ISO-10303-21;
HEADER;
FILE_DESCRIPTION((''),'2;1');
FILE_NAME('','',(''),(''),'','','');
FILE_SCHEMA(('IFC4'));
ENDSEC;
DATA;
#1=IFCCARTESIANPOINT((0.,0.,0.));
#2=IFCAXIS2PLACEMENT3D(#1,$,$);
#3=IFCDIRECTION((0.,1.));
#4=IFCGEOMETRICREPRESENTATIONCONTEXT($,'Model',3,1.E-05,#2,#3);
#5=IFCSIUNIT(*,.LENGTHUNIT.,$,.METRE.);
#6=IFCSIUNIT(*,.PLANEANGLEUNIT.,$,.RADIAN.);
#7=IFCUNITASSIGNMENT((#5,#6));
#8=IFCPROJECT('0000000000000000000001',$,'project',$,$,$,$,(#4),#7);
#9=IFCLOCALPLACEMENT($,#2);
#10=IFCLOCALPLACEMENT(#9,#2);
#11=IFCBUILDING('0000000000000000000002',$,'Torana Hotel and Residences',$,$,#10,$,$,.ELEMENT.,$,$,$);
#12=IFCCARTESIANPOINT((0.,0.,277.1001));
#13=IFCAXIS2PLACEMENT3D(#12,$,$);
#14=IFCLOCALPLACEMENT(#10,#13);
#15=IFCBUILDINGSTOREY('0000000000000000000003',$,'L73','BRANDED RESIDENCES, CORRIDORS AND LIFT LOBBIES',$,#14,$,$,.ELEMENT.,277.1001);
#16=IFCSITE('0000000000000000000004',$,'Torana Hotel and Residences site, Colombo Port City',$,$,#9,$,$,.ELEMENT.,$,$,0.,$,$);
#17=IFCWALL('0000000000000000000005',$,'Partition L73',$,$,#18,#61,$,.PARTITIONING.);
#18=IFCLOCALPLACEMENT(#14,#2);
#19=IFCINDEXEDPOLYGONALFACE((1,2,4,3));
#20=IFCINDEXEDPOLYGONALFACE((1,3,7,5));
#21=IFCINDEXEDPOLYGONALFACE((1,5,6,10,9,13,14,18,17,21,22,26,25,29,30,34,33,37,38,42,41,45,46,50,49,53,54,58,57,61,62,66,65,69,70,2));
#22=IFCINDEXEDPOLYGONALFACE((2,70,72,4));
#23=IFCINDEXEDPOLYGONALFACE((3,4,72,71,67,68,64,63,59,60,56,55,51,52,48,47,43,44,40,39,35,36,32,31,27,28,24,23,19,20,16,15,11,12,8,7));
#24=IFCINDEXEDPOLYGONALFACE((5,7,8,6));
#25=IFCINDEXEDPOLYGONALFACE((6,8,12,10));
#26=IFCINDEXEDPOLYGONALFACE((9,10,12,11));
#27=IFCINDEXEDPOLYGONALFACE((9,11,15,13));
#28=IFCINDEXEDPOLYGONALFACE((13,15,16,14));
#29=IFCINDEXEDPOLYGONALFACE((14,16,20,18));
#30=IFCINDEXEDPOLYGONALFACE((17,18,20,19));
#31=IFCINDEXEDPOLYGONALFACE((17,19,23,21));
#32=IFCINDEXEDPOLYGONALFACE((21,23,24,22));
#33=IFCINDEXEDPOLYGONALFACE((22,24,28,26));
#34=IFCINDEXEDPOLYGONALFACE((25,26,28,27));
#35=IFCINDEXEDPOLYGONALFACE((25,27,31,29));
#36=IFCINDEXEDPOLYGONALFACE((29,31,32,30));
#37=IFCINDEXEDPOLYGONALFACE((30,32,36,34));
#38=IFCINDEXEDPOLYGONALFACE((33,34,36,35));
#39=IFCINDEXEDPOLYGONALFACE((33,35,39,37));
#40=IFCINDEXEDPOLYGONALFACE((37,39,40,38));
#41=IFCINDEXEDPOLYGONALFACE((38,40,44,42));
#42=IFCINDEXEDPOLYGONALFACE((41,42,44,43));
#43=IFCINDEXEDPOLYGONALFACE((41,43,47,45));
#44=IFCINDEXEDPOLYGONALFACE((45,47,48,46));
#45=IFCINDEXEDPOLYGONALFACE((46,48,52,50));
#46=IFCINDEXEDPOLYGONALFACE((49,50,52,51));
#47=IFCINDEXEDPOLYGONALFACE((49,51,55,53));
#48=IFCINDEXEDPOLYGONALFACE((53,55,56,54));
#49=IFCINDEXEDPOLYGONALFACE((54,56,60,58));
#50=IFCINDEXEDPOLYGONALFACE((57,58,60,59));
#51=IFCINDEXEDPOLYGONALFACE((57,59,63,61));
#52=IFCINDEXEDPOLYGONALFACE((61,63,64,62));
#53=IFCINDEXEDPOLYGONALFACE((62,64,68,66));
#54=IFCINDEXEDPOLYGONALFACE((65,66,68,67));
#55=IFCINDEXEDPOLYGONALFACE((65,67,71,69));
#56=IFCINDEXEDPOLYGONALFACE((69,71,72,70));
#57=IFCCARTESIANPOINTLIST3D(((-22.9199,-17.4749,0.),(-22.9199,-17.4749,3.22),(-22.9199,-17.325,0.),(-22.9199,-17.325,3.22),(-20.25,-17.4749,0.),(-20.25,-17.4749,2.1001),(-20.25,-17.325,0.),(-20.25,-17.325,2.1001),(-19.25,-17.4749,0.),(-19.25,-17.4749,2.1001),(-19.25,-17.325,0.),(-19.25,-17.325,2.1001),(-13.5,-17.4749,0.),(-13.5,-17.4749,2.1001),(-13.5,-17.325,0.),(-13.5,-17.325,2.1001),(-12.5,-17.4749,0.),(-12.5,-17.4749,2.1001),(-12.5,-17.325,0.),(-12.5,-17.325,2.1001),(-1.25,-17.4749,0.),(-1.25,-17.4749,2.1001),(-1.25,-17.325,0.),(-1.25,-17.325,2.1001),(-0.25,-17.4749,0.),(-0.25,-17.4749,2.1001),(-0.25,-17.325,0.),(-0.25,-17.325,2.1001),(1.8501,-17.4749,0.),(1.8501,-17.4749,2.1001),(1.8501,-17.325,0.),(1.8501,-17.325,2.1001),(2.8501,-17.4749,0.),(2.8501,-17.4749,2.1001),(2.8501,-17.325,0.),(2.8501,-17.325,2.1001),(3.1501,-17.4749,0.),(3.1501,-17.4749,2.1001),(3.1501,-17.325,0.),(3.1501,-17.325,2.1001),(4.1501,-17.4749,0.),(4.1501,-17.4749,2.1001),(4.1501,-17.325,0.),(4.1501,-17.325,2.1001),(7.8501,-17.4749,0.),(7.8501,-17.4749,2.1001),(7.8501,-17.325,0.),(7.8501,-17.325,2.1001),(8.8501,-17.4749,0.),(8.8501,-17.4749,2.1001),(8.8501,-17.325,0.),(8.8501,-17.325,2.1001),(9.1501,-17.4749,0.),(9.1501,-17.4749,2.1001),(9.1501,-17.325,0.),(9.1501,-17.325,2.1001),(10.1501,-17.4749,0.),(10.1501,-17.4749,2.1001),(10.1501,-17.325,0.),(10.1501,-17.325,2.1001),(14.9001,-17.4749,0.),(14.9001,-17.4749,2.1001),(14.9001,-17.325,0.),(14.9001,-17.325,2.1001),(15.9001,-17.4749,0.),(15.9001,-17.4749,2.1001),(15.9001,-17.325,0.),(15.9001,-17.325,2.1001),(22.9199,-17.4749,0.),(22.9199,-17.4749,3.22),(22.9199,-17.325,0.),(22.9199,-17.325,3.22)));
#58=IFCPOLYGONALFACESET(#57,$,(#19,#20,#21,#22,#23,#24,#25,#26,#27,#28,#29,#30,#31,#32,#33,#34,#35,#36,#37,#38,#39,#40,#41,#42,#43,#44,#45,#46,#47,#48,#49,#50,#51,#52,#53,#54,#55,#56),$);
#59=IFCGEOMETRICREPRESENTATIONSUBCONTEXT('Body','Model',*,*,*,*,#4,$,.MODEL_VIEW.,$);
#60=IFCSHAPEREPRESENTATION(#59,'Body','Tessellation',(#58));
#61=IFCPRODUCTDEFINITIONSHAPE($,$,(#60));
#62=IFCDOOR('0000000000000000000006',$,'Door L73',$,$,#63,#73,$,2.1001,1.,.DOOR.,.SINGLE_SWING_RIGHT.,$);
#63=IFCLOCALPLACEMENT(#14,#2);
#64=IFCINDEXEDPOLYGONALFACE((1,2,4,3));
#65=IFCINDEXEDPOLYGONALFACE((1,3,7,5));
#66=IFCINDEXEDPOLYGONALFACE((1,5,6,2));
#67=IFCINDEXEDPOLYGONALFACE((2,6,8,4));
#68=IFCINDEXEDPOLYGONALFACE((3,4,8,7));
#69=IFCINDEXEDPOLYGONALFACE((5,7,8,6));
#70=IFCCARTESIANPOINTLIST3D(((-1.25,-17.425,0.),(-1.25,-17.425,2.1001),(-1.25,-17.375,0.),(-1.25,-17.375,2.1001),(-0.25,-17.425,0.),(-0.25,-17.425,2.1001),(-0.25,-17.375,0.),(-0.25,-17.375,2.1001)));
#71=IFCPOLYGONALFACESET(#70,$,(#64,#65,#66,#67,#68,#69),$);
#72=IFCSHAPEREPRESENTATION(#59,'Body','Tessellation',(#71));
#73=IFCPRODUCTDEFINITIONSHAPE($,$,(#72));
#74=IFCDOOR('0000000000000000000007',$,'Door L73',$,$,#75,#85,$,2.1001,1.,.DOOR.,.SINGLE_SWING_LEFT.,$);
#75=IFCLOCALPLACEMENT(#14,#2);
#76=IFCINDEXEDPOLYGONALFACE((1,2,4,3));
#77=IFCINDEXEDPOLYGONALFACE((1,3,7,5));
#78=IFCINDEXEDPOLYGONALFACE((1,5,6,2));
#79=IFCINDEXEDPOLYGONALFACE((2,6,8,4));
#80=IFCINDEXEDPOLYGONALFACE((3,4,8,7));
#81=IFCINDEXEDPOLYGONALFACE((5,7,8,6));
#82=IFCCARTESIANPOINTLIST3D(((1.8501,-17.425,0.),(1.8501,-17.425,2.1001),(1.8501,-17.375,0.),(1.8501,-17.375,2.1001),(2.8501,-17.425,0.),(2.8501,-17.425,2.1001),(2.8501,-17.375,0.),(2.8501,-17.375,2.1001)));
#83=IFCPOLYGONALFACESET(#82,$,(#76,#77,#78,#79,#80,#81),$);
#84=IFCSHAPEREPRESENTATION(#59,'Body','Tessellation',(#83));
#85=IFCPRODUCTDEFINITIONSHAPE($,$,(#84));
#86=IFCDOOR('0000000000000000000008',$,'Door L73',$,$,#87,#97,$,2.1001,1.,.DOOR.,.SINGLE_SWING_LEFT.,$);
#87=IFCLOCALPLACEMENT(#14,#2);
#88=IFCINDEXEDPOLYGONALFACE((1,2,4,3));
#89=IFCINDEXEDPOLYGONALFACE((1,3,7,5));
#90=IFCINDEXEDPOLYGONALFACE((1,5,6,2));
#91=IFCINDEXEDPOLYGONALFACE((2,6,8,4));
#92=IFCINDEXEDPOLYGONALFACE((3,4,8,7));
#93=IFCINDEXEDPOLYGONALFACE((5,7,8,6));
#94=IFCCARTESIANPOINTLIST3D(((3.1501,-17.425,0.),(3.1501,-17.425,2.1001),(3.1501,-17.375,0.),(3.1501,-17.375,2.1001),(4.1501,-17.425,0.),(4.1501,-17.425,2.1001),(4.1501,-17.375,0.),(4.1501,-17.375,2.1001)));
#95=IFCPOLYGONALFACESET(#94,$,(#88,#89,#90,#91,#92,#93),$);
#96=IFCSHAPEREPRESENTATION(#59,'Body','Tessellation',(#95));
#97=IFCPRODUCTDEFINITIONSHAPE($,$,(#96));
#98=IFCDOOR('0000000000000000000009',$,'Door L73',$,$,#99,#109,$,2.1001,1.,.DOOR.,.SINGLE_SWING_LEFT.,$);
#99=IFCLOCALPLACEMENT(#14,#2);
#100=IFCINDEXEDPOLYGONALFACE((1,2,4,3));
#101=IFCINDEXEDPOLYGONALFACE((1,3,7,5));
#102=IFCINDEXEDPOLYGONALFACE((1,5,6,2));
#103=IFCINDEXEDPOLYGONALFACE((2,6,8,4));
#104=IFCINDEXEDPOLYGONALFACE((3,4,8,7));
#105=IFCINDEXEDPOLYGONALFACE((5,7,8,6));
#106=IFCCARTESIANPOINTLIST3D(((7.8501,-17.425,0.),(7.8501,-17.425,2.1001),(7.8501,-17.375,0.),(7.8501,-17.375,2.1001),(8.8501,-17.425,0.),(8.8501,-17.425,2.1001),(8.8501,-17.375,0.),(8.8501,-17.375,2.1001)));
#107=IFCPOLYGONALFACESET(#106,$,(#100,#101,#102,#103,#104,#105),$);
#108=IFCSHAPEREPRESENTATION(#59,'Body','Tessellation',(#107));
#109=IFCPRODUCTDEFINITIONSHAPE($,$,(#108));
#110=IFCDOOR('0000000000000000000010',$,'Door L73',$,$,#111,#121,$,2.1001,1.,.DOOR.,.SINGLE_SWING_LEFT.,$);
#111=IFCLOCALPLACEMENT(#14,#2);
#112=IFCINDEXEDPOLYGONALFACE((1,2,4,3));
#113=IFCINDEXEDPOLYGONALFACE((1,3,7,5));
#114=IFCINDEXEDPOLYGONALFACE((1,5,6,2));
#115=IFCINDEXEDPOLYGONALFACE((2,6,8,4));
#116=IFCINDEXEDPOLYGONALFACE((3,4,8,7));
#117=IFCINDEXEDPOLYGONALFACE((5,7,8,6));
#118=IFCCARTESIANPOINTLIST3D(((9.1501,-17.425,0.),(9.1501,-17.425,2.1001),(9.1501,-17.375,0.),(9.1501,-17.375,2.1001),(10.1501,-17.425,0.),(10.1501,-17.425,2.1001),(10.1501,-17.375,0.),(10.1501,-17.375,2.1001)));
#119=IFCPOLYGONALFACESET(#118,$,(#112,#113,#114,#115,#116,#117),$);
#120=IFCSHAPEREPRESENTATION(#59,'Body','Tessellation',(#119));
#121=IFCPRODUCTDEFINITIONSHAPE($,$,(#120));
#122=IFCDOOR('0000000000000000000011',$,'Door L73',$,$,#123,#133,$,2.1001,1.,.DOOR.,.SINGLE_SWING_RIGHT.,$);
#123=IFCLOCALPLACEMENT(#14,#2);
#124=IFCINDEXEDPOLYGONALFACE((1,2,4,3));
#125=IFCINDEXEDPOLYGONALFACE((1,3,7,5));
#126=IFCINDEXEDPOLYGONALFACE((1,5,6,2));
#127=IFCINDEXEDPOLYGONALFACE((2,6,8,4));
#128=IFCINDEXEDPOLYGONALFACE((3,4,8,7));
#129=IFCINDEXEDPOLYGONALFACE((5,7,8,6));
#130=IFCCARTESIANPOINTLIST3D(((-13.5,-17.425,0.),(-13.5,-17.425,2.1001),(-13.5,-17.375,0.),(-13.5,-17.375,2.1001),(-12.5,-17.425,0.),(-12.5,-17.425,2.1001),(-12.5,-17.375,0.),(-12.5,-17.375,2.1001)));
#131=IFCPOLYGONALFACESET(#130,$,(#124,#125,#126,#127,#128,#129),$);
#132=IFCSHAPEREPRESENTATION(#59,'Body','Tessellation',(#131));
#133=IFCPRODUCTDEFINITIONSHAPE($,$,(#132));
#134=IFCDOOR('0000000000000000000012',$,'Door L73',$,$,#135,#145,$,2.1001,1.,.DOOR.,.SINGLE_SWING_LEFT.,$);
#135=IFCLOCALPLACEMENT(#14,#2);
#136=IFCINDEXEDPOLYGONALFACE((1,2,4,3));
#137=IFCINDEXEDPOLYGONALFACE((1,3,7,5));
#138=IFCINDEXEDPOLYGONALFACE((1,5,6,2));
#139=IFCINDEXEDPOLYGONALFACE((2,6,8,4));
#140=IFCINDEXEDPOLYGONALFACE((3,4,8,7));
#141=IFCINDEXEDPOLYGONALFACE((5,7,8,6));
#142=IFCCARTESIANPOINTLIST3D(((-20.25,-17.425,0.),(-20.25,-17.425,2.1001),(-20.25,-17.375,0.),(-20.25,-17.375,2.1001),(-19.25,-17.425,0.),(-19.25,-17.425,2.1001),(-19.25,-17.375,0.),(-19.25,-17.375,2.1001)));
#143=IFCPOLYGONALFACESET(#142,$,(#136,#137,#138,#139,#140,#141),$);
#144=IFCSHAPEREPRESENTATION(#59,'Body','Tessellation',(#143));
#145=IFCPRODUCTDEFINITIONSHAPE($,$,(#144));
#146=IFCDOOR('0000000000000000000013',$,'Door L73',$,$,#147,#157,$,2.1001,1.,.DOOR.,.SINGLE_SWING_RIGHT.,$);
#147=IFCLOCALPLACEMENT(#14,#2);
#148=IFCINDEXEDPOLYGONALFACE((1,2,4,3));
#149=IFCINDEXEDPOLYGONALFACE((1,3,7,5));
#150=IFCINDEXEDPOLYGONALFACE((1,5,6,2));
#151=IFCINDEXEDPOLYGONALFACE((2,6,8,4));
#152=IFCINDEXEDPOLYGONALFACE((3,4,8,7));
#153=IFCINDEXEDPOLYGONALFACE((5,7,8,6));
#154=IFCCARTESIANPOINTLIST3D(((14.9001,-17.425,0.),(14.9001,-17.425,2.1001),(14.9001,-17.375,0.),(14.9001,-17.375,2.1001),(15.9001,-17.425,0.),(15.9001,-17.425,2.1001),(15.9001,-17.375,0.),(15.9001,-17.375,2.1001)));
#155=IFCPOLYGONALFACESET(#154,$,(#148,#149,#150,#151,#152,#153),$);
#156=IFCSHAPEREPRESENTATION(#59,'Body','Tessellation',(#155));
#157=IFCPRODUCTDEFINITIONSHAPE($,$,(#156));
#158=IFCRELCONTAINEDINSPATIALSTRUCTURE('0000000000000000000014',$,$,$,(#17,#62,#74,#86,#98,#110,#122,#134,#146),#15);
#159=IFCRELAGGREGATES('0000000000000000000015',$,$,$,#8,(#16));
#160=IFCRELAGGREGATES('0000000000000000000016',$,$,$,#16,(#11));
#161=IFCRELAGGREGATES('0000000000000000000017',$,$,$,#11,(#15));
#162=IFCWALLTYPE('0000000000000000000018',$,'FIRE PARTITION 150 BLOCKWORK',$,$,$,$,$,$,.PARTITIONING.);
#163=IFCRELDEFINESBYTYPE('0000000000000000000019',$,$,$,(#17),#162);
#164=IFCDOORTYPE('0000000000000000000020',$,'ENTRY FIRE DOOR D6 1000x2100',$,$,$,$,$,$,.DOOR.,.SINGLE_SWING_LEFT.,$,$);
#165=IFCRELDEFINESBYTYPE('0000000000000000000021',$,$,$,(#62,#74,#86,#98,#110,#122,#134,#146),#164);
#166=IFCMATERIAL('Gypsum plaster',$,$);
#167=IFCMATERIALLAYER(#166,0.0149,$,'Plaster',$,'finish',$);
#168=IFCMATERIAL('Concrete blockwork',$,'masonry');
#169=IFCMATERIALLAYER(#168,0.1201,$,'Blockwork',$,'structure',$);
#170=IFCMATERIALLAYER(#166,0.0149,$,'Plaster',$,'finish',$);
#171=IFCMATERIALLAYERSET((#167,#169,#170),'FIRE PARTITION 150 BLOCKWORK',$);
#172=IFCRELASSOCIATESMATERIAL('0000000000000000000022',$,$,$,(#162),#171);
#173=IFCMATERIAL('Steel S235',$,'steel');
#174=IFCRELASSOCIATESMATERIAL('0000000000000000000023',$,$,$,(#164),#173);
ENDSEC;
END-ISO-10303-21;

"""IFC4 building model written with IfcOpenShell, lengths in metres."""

from ifc_helpers import new_model, si_unit, direction, frame, frame_2d, origin, place, context, subcontext, project, spatial, rectangle, extrude, material, layer, layer_set, type_object, element, fill, save


model = new_model("IFC4")

# Units and contexts
model_context = context("Model", 3, precision=1e-05, world=origin(), true_north=direction((0.0, 1.0)))
body_context = subcontext(model_context, "Body", "Model", "MODEL_VIEW")
ifc_project = project(units=[si_unit("LENGTHUNIT", "METRE"), si_unit("PLANEANGLEUNIT", "RADIAN")], contexts=[model_context])

# Site, building, storey
site_placement = place(None, origin())
site = spatial("IfcSite", under=ifc_project, at=site_placement, Name="Torana Hotel and Residences site, Colombo Port City", CompositionType="ELEMENT", RefElevation=0.0)
building_placement = place(site_placement, origin())
building = spatial("IfcBuilding", under=site, at=building_placement, Name="Torana Hotel and Residences", CompositionType="ELEMENT")
storey_placement = place(building_placement, frame((0.0, 0.0, 277.1001)))
storey = spatial("IfcBuildingStorey", under=building, at=storey_placement, Name="L73", Description="BRANDED RESIDENCES, CORRIDORS AND LIFT LOBBIES", CompositionType="ELEMENT", Elevation=277.1001)

# Wall, openings, doors
ifc_material_1 = material(Name="Gypsum plaster")
ifc_layer_1 = layer(ifc_material_1, 0.0149, Name="Plaster", Category="finish")
ifc_material_2 = material(Name="Concrete blockwork", Category="masonry")
ifc_layer_2 = layer(ifc_material_2, 0.1201, Name="Blockwork", Category="structure")
ifc_layer_3 = layer(ifc_material_1, 0.0149, Name="Plaster", Category="finish")
ifc_layer_set_1 = layer_set([ifc_layer_1, ifc_layer_2, ifc_layer_3], Name="FIRE PARTITION 150 BLOCKWORK")
wall_type_1 = type_object("IfcWallType", Name="FIRE PARTITION 150 BLOCKWORK", PredefinedType="PARTITIONING", material=ifc_layer_set_1)
wall_1_placement = place(storey_placement, frame((-22.9199, -17.3999, 0.0), z_axis=(0.0, 0.0, 1.0), x_axis=(1.0, 0.0, 0.0)))
wall_1 = element("IfcWall", 1, at=wall_1_placement, inside=storey, type_object=wall_type_1, Name="Partition L73", PredefinedType="PARTITIONING", context=body_context, shape_type="SweptSolid", body=[
    extrude(rectangle(XDim=45.8398, YDim=0.1499, at=frame_2d((22.9199, 0.0))), origin(), (0.0, 0.0, 1.0), 3.22),
])
opening_1_placement = place(wall_1_placement, frame((21.6699, 0.0, 0.0)))
opening_1 = element("IfcOpeningElement", 2, at=opening_1_placement, cuts=wall_1, PredefinedType="OPENING", context=body_context, shape_type="SweptSolid", body=[
    extrude(rectangle(XDim=1.0, YDim=2.1001, at=frame_2d((0.5, 1.05))), frame((0.0, 0.085, 0.0), z_axis=(0.0, -1.0, 0.0), x_axis=(1.0, 0.0, 0.0)), (0.0, 0.0, 1.0), 0.1699),
])
opening_2_placement = place(wall_1_placement, frame((24.77, 0.0, 0.0)))
opening_2 = element("IfcOpeningElement", 3, at=opening_2_placement, cuts=wall_1, PredefinedType="OPENING", context=body_context, shape_type="SweptSolid", body=[
    extrude(rectangle(XDim=1.0, YDim=2.1001, at=frame_2d((0.5, 1.05))), frame((0.0, 0.085, 0.0), z_axis=(0.0, -1.0, 0.0), x_axis=(1.0, 0.0, 0.0)), (0.0, 0.0, 1.0), 0.1699),
])
opening_3_placement = place(wall_1_placement, frame((26.0701, 0.0, 0.0)))
opening_3 = element("IfcOpeningElement", 4, at=opening_3_placement, cuts=wall_1, PredefinedType="OPENING", context=body_context, shape_type="SweptSolid", body=[
    extrude(rectangle(XDim=1.0, YDim=2.1001, at=frame_2d((0.5, 1.05))), frame((0.0, 0.085, 0.0), z_axis=(0.0, -1.0, 0.0), x_axis=(1.0, 0.0, 0.0)), (0.0, 0.0, 1.0), 0.1699),
])
opening_4_placement = place(wall_1_placement, frame((30.77, 0.0, 0.0)))
opening_4 = element("IfcOpeningElement", 5, at=opening_4_placement, cuts=wall_1, PredefinedType="OPENING", context=body_context, shape_type="SweptSolid", body=[
    extrude(rectangle(XDim=1.0, YDim=2.1001, at=frame_2d((0.5, 1.05))), frame((0.0, 0.085, 0.0), z_axis=(0.0, -1.0, 0.0), x_axis=(1.0, 0.0, 0.0)), (0.0, 0.0, 1.0), 0.1699),
])
opening_5_placement = place(wall_1_placement, frame((32.0701, 0.0, 0.0)))
opening_5 = element("IfcOpeningElement", 6, at=opening_5_placement, cuts=wall_1, PredefinedType="OPENING", context=body_context, shape_type="SweptSolid", body=[
    extrude(rectangle(XDim=1.0, YDim=2.1001, at=frame_2d((0.5, 1.05))), frame((0.0, 0.085, 0.0), z_axis=(0.0, -1.0, 0.0), x_axis=(1.0, 0.0, 0.0)), (0.0, 0.0, 1.0), 0.1699),
])
opening_6_placement = place(wall_1_placement, frame((9.4199, 0.0, 0.0)))
opening_6 = element("IfcOpeningElement", 7, at=opening_6_placement, cuts=wall_1, PredefinedType="OPENING", context=body_context, shape_type="SweptSolid", body=[
    extrude(rectangle(XDim=1.0, YDim=2.1001, at=frame_2d((0.5, 1.05))), frame((0.0, 0.085, 0.0), z_axis=(0.0, -1.0, 0.0), x_axis=(1.0, 0.0, 0.0)), (0.0, 0.0, 1.0), 0.1699),
])
opening_7_placement = place(wall_1_placement, frame((2.6699, 0.0, 0.0)))
opening_7 = element("IfcOpeningElement", 8, at=opening_7_placement, cuts=wall_1, PredefinedType="OPENING", context=body_context, shape_type="SweptSolid", body=[
    extrude(rectangle(XDim=1.0, YDim=2.1001, at=frame_2d((0.5, 1.05))), frame((0.0, 0.085, 0.0), z_axis=(0.0, -1.0, 0.0), x_axis=(1.0, 0.0, 0.0)), (0.0, 0.0, 1.0), 0.1699),
])
opening_8_placement = place(wall_1_placement, frame((37.8201, 0.0, 0.0)))
opening_8 = element("IfcOpeningElement", 9, at=opening_8_placement, cuts=wall_1, PredefinedType="OPENING", context=body_context, shape_type="SweptSolid", body=[
    extrude(rectangle(XDim=1.0, YDim=2.1001, at=frame_2d((0.5, 1.05))), frame((0.0, 0.085, 0.0), z_axis=(0.0, -1.0, 0.0), x_axis=(1.0, 0.0, 0.0)), (0.0, 0.0, 1.0), 0.1699),
])
ifc_material_3 = material(Name="Steel S235", Category="steel")
door_type_1 = type_object("IfcDoorType", Name="ENTRY FIRE DOOR D6 1000x2100", OperationType="SINGLE_SWING_LEFT", PredefinedType="DOOR", material=ifc_material_3)
door_1_placement = place(opening_1_placement, origin())
door_1 = element("IfcDoor", 10, at=door_1_placement, inside=storey, type_object=door_type_1, Name="Door L73", OperationType="SINGLE_SWING_RIGHT", OverallHeight=2.1001, OverallWidth=1.0, PredefinedType="DOOR", context=body_context, shape_type="SweptSolid", body=[
    extrude(rectangle(XDim=1.0, YDim=2.1001, at=frame_2d((0.5, 1.05))), frame((0.0, 0.0249, 0.0), z_axis=(0.0, -1.0, 0.0), x_axis=(1.0, 0.0, 0.0)), (0.0, 0.0, 1.0), 0.05),
])
fill(opening_1, door_1)
door_2_placement = place(opening_2_placement, frame((0.5, 0.0, 0.0), z_axis=(0.0, 0.0, 1.0), x_axis=(-1.0, 0.0, 0.0)))
door_2 = element("IfcDoor", 11, at=door_2_placement, inside=storey, type_object=door_type_1, Name="Door L73", OperationType="SINGLE_SWING_LEFT", OverallHeight=2.1001, OverallWidth=1.0, PredefinedType="DOOR", context=body_context, shape_type="SweptSolid", body=[
    extrude(rectangle(XDim=1.0, YDim=2.1001, at=frame_2d((0.0, 1.05))), frame((0.0, -0.0249, 0.0), z_axis=(0.0, 1.0, 0.0), x_axis=(-1.0, 0.0, 0.0)), (0.0, 0.0, 1.0), 0.05),
])
fill(opening_2, door_2)
door_3_placement = place(opening_3_placement, frame((0.5, 0.0, 0.0), z_axis=(0.0, 0.0, 1.0), x_axis=(-1.0, 0.0, 0.0)))
door_3 = element("IfcDoor", 12, at=door_3_placement, inside=storey, type_object=door_type_1, Name="Door L73", OperationType="SINGLE_SWING_LEFT", OverallHeight=2.1001, OverallWidth=1.0, PredefinedType="DOOR", context=body_context, shape_type="SweptSolid", body=[
    extrude(rectangle(XDim=1.0, YDim=2.1001, at=frame_2d((0.0, 1.05))), frame((0.0, -0.0249, 0.0), z_axis=(0.0, 1.0, 0.0), x_axis=(-1.0, 0.0, 0.0)), (0.0, 0.0, 1.0), 0.05),
])
fill(opening_3, door_3)
door_4_placement = place(opening_4_placement, frame((0.5, 0.0, 0.0), z_axis=(0.0, 0.0, 1.0), x_axis=(-1.0, 0.0, 0.0)))
door_4 = element("IfcDoor", 13, at=door_4_placement, inside=storey, type_object=door_type_1, Name="Door L73", OperationType="SINGLE_SWING_LEFT", OverallHeight=2.1001, OverallWidth=1.0, PredefinedType="DOOR", context=body_context, shape_type="SweptSolid", body=[
    extrude(rectangle(XDim=1.0, YDim=2.1001, at=frame_2d((0.0, 1.05))), frame((0.0, -0.0249, 0.0), z_axis=(0.0, 1.0, 0.0), x_axis=(-1.0, 0.0, 0.0)), (0.0, 0.0, 1.0), 0.05),
])
fill(opening_4, door_4)
door_5_placement = place(opening_5_placement, frame((0.5, 0.0, 0.0), z_axis=(0.0, 0.0, 1.0), x_axis=(-1.0, 0.0, 0.0)))
door_5 = element("IfcDoor", 14, at=door_5_placement, inside=storey, type_object=door_type_1, Name="Door L73", OperationType="SINGLE_SWING_LEFT", OverallHeight=2.1001, OverallWidth=1.0, PredefinedType="DOOR", context=body_context, shape_type="SweptSolid", body=[
    extrude(rectangle(XDim=1.0, YDim=2.1001, at=frame_2d((0.0, 1.05))), frame((0.0, -0.0249, 0.0), z_axis=(0.0, 1.0, 0.0), x_axis=(-1.0, 0.0, 0.0)), (0.0, 0.0, 1.0), 0.05),
])
fill(opening_5, door_5)
door_6_placement = place(opening_6_placement, origin())
door_6 = element("IfcDoor", 15, at=door_6_placement, inside=storey, type_object=door_type_1, Name="Door L73", OperationType="SINGLE_SWING_RIGHT", OverallHeight=2.1001, OverallWidth=1.0, PredefinedType="DOOR", context=body_context, shape_type="SweptSolid", body=[
    extrude(rectangle(XDim=1.0, YDim=2.1001, at=frame_2d((0.5, 1.05))), frame((0.0, 0.0249, 0.0), z_axis=(0.0, -1.0, 0.0), x_axis=(1.0, 0.0, 0.0)), (0.0, 0.0, 1.0), 0.05),
])
fill(opening_6, door_6)
door_7_placement = place(opening_7_placement, frame((0.5, 0.0, 0.0), z_axis=(0.0, 0.0, 1.0), x_axis=(-1.0, 0.0, 0.0)))
door_7 = element("IfcDoor", 16, at=door_7_placement, inside=storey, type_object=door_type_1, Name="Door L73", OperationType="SINGLE_SWING_LEFT", OverallHeight=2.1001, OverallWidth=1.0, PredefinedType="DOOR", context=body_context, shape_type="SweptSolid", body=[
    extrude(rectangle(XDim=1.0, YDim=2.1001, at=frame_2d((0.0, 1.05))), frame((0.0, -0.0249, 0.0), z_axis=(0.0, 1.0, 0.0), x_axis=(-1.0, 0.0, 0.0)), (0.0, 0.0, 1.0), 0.05),
])
fill(opening_7, door_7)
door_8_placement = place(opening_8_placement, origin())
door_8 = element("IfcDoor", 17, at=door_8_placement, inside=storey, type_object=door_type_1, Name="Door L73", OperationType="SINGLE_SWING_RIGHT", OverallHeight=2.1001, OverallWidth=1.0, PredefinedType="DOOR", context=body_context, shape_type="SweptSolid", body=[
    extrude(rectangle(XDim=1.0, YDim=2.1001, at=frame_2d((0.5, 1.05))), frame((0.0, 0.0249, 0.0), z_axis=(0.0, -1.0, 0.0), x_axis=(1.0, 0.0, 0.0)), (0.0, 0.0, 1.0), 0.05),
])
fill(opening_8, door_8)

save(model, "model.ifc")
